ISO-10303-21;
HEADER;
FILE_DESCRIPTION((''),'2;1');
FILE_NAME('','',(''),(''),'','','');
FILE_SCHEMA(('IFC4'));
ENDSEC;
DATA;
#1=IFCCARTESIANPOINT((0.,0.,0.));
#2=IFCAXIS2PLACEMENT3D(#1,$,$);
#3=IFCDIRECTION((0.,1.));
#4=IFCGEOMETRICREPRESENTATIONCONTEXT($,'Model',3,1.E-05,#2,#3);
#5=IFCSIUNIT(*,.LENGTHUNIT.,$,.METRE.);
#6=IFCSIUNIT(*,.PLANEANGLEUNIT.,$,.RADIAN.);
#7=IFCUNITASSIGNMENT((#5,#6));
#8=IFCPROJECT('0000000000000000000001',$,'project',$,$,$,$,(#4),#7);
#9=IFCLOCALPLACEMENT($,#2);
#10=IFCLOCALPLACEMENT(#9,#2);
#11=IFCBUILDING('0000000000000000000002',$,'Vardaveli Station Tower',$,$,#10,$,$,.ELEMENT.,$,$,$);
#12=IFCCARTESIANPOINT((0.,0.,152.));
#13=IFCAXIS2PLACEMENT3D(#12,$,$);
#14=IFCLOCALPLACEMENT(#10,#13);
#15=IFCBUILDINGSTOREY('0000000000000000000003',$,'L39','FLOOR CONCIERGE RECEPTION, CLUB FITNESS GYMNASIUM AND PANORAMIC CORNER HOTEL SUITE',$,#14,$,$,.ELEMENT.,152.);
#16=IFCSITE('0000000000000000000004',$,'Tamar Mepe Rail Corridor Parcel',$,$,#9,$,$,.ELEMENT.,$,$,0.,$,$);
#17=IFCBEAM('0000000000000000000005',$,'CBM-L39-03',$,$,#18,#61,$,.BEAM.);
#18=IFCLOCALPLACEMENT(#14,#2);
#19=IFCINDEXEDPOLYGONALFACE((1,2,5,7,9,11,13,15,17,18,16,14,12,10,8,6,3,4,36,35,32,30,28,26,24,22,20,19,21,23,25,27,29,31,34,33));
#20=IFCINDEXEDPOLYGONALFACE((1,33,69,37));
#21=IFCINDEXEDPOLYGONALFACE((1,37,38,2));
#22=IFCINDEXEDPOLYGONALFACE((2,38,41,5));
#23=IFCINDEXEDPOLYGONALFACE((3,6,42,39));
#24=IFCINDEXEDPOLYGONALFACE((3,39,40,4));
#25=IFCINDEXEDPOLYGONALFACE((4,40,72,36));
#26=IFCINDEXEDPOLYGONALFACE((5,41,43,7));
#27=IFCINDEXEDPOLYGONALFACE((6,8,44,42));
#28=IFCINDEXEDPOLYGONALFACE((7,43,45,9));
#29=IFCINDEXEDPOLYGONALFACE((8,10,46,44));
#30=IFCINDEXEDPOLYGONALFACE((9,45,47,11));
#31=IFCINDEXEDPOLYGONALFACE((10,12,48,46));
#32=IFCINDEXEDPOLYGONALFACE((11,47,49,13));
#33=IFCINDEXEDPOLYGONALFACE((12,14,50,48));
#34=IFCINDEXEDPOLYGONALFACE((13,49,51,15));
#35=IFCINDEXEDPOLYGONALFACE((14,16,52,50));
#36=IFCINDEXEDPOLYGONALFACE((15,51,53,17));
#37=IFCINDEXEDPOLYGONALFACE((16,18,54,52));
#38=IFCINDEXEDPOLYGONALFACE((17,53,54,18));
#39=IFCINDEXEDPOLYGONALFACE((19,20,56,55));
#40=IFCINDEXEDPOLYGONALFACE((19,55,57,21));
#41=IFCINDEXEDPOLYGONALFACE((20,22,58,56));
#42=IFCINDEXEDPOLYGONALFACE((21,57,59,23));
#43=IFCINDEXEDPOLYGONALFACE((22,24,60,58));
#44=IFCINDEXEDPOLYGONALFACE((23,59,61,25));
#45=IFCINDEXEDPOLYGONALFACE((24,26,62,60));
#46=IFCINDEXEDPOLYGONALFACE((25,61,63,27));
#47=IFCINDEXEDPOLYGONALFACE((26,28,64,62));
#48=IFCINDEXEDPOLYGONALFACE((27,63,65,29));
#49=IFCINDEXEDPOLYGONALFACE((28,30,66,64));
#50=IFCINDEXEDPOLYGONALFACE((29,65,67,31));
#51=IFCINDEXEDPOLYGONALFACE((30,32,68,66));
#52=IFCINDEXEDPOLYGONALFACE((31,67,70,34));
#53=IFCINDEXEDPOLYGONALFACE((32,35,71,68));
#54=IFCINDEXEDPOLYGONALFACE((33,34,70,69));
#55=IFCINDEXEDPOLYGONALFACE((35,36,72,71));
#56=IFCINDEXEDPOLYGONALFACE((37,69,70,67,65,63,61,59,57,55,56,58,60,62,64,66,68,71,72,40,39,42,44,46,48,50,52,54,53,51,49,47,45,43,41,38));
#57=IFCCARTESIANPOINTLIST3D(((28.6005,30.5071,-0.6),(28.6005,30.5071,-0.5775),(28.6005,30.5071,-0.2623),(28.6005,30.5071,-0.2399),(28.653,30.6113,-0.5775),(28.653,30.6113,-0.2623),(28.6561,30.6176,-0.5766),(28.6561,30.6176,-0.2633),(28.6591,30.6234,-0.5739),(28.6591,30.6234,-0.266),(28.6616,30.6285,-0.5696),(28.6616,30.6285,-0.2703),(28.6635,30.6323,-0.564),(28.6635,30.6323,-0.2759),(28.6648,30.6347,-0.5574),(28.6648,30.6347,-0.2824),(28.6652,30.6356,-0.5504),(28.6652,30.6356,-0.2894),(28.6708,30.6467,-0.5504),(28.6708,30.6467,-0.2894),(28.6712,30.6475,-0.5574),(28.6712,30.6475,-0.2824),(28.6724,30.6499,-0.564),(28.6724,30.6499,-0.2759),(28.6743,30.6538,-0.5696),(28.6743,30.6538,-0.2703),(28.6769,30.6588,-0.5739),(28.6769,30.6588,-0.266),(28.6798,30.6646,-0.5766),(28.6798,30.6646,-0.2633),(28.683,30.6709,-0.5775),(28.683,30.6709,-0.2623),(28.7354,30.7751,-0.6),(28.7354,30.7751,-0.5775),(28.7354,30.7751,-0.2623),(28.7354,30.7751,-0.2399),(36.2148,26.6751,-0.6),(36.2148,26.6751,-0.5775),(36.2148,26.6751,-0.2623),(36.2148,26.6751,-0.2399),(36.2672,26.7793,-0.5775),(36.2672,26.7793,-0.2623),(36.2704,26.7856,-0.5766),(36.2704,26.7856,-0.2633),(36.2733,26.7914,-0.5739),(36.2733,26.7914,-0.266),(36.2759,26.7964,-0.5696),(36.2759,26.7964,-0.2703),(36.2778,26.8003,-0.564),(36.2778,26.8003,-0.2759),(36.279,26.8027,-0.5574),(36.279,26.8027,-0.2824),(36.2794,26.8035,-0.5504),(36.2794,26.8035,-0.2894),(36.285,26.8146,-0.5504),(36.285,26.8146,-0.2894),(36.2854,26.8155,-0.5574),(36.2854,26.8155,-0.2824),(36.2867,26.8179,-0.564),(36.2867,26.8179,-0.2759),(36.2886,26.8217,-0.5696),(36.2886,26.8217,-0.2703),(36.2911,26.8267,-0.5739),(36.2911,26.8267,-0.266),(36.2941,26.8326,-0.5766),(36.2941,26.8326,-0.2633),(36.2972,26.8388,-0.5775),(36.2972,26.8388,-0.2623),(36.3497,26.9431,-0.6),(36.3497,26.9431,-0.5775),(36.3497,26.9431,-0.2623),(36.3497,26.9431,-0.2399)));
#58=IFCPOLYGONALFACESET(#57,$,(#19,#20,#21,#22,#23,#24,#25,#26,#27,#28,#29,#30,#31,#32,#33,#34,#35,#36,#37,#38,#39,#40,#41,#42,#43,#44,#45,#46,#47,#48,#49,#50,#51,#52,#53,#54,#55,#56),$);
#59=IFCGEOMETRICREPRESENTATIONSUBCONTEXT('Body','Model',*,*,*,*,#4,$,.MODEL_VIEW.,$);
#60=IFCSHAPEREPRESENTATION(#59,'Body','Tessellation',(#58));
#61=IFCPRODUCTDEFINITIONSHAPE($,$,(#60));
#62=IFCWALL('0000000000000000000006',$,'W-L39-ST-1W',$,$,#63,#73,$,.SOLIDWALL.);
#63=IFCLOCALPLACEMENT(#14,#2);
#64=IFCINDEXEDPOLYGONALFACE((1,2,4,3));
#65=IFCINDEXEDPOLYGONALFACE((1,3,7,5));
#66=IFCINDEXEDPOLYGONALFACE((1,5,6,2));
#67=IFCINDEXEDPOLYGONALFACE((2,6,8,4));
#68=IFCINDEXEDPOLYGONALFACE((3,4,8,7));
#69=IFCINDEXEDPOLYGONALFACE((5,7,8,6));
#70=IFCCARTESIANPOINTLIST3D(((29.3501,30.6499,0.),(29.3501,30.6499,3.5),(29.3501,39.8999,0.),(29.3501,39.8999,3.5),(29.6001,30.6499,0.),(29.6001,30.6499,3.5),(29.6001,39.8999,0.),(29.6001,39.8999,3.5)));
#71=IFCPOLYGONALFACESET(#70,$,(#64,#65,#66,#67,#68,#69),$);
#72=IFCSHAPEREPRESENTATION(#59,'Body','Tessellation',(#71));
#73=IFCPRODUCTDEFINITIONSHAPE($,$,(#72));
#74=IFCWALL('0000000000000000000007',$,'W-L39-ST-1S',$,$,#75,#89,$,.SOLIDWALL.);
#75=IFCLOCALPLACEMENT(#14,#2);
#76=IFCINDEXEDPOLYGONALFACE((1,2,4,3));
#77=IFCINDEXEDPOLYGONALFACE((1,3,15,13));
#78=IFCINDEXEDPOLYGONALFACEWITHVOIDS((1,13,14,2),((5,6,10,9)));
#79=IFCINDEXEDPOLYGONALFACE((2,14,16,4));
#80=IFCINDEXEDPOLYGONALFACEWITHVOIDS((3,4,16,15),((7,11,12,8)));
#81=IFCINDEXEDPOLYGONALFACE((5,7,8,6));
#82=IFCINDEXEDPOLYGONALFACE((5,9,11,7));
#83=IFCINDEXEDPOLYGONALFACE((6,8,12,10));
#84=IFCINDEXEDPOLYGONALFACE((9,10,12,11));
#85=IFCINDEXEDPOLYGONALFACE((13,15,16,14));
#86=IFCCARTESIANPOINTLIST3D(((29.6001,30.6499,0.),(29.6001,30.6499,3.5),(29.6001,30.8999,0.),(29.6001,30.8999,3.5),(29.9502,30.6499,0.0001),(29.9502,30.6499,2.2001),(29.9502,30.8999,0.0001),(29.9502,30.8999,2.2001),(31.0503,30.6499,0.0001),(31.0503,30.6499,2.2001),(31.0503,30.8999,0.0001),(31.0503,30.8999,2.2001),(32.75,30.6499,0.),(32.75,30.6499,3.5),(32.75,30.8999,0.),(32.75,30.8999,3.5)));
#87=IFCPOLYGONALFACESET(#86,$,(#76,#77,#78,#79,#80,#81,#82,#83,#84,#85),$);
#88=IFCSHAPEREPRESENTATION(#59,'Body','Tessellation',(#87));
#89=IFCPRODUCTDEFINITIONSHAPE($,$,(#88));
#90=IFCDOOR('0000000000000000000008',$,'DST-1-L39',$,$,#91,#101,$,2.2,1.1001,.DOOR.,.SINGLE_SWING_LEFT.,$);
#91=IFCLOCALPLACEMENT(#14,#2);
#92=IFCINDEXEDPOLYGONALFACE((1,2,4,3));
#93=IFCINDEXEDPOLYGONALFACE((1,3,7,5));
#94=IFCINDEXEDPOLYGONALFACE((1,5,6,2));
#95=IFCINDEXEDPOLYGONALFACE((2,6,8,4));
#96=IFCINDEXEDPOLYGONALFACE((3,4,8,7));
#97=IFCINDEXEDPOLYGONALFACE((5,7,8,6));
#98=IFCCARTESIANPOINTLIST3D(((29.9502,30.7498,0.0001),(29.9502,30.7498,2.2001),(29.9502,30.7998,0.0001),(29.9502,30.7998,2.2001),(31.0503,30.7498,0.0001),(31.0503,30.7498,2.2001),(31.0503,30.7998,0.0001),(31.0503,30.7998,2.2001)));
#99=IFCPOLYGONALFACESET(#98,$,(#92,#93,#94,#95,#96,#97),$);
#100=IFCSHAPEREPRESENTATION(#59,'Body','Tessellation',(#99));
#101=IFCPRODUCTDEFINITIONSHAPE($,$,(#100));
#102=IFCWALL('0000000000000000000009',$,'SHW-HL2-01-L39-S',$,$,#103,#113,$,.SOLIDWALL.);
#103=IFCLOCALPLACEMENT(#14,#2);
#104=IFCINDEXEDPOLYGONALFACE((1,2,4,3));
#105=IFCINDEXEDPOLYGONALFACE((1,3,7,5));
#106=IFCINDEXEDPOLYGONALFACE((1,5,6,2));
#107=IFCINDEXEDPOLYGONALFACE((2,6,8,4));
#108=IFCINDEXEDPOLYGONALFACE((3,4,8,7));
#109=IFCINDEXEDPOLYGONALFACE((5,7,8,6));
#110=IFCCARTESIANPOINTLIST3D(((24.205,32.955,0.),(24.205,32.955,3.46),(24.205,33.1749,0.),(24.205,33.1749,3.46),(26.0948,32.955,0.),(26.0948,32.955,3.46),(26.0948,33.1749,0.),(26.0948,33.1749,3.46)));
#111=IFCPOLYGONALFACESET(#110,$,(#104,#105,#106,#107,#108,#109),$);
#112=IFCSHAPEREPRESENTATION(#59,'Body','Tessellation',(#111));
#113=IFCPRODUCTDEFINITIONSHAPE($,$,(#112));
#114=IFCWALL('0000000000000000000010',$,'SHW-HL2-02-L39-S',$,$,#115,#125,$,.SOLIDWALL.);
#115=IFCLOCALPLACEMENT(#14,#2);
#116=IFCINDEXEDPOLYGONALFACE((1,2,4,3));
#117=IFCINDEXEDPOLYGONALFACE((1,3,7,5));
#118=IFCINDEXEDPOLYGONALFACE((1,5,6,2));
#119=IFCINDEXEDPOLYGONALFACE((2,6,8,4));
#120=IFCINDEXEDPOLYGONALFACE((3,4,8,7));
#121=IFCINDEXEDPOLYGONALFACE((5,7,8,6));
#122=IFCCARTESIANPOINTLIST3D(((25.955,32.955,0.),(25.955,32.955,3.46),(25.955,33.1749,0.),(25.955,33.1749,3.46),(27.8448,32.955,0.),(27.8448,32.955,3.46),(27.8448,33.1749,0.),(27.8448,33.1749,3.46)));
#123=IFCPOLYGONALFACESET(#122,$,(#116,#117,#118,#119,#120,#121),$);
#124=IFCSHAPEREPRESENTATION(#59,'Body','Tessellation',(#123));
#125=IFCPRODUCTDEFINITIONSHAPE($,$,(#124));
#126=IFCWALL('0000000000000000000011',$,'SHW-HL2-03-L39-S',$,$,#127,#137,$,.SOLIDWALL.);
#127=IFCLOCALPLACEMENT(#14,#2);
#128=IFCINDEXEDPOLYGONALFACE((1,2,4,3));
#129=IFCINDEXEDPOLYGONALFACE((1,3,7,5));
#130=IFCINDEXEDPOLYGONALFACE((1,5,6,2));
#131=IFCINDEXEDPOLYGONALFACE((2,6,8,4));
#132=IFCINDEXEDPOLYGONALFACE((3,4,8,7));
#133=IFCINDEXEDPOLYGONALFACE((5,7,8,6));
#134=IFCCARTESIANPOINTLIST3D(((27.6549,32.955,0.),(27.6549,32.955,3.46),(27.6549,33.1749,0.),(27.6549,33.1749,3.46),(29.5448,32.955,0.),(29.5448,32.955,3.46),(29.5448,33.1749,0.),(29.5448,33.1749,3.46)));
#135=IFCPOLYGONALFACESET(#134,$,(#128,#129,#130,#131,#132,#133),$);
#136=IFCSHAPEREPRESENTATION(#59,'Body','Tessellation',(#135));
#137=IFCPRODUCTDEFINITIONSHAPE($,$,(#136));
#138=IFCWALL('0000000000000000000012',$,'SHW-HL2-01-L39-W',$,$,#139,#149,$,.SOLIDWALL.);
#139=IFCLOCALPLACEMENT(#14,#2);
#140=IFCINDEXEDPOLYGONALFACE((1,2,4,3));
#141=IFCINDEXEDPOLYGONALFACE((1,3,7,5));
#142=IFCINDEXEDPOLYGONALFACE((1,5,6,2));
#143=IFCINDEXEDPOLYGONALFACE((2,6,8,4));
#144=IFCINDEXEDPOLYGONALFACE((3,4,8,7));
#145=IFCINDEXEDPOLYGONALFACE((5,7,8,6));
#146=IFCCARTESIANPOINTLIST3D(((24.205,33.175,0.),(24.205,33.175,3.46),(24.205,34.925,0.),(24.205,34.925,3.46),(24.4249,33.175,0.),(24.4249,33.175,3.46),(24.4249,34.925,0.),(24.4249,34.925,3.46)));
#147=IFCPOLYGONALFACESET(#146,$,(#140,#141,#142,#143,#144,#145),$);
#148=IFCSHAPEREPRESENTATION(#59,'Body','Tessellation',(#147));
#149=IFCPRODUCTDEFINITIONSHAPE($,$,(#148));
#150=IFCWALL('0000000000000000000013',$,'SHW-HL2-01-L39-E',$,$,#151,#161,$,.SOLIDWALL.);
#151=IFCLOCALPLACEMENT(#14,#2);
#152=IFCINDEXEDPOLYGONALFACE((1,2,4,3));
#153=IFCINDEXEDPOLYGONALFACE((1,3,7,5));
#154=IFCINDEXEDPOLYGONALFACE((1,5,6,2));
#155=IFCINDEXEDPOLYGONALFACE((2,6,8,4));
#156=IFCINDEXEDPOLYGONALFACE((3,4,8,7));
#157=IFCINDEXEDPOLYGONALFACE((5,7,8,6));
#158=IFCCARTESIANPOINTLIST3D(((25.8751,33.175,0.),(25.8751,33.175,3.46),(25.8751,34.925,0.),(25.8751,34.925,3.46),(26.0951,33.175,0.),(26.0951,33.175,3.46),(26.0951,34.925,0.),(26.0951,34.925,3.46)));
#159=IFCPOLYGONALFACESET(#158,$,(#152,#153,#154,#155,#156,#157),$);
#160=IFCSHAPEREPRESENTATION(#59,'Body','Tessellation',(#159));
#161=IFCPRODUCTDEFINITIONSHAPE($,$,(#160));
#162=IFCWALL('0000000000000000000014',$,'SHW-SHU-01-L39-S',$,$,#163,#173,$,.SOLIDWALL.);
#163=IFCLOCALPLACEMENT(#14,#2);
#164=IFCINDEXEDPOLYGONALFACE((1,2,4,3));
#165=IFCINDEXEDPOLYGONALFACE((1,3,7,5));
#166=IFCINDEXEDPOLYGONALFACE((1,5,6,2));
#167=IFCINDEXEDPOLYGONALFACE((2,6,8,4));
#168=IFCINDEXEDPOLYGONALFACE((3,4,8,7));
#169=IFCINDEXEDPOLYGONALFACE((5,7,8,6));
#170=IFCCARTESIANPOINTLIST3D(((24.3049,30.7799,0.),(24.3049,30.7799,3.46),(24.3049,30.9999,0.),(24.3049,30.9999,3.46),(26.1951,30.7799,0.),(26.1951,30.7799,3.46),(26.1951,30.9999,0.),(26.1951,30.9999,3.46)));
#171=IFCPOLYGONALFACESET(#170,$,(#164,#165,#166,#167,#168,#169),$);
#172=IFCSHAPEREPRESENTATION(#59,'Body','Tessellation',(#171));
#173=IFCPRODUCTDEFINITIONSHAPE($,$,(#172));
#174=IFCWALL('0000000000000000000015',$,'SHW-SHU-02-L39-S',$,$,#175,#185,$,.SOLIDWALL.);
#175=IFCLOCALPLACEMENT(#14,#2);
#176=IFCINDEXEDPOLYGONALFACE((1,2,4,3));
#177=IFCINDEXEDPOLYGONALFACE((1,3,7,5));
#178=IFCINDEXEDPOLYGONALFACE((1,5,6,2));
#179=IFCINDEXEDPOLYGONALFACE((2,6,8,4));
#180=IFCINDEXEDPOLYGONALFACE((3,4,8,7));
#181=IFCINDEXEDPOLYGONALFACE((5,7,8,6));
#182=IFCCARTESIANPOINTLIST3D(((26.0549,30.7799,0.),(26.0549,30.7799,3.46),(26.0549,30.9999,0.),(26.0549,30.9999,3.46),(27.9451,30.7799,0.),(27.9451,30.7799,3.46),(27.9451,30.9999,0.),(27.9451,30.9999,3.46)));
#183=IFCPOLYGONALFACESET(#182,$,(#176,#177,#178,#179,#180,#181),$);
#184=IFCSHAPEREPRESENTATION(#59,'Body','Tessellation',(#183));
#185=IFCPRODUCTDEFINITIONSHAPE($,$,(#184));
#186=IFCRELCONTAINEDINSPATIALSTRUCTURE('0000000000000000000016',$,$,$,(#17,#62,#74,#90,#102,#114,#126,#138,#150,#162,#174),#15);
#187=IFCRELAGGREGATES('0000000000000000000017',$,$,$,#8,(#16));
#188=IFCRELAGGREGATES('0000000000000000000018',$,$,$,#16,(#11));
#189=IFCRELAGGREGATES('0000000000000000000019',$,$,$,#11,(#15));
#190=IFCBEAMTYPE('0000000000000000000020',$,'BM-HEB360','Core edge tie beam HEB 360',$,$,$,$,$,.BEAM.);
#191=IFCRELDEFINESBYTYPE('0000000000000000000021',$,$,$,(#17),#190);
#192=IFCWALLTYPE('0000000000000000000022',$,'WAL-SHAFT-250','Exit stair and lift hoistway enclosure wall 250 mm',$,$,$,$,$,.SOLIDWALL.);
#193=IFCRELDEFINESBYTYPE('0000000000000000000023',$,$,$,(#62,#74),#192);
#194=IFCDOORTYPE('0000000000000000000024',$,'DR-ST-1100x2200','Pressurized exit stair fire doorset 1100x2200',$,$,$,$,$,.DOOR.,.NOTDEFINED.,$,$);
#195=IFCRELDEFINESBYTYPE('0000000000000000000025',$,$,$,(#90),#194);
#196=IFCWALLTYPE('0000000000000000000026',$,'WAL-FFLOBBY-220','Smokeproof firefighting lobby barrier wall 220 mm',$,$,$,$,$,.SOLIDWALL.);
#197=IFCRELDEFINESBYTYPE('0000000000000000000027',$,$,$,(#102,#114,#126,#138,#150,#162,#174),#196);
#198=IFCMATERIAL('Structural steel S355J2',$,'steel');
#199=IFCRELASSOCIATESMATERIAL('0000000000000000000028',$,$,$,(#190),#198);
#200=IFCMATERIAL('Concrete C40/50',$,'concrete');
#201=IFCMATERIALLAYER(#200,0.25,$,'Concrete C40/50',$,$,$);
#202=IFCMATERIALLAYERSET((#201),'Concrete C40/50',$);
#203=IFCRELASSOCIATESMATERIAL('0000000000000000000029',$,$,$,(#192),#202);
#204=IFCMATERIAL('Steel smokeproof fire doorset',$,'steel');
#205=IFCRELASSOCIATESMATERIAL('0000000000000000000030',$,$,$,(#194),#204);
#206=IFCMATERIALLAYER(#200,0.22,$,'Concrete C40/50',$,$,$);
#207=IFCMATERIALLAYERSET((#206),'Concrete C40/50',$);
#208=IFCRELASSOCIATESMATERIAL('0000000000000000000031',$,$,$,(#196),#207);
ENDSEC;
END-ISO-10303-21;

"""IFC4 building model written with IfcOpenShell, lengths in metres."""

from ifc_helpers import new_model, si_unit, direction, frame, frame_2d, origin, origin_2d, place, context, subcontext, project, spatial, rectangle, i_section, extrude, source, transform, mapped, material, layer, layer_set, material_profile, profile_set, type_object, element, fill, save


model = new_model("IFC4")

# Units and contexts
model_context = context("Model", 3, precision=1e-05, world=origin(), true_north=direction((0.0, 1.0)))
body_context = subcontext(model_context, "Body", "Model", "MODEL_VIEW")
ifc_project = project(units=[si_unit("LENGTHUNIT", "METRE"), si_unit("PLANEANGLEUNIT", "RADIAN")], contexts=[model_context])

# Site, building, storey
site_placement = place(None, origin())
site = spatial("IfcSite", under=ifc_project, at=site_placement, Name="Tamar Mepe Rail Corridor Parcel", CompositionType="ELEMENT", RefElevation=0.0)
building_placement = place(site_placement, origin())
building = spatial("IfcBuilding", under=site, at=building_placement, Name="Vardaveli Station Tower", CompositionType="ELEMENT")
storey_placement = place(building_placement, frame((0.0, 0.0, 152.0)))
storey = spatial("IfcBuildingStorey", under=building, at=storey_placement, Name="L39", Description="FLOOR CONCIERGE RECEPTION, CLUB FITNESS GYMNASIUM AND PANORAMIC CORNER HOTEL SUITE", CompositionType="ELEMENT", Elevation=152.0)

# Beam
ifc_material_1 = material(Name="Structural steel S355J2", Category="steel")
ifc_material_profile_1 = material_profile(ifc_material_1, i_section(OverallWidth=0.3, OverallDepth=0.3601, WebThickness=0.0125, FlangeThickness=0.0225, FilletRadius=0.0271, at=origin_2d()), Name="HEB 360")
ifc_profile_set_1 = profile_set([ifc_material_profile_1], Name="Structural steel S355J2")
beam_type_1 = type_object("IfcBeamType", Name="BM-HEB360", Description="Core edge tie beam HEB 360", PredefinedType="BEAM", material=ifc_profile_set_1)
shared_shape_1 = source(origin(), body_context, "Body", "SweptSolid", [
    extrude(i_section(OverallWidth=0.3, OverallDepth=0.3601, WebThickness=0.0125, FlangeThickness=0.0225, FilletRadius=0.0271, at=origin_2d()), origin(), (0.0, 0.0, 1.0), 8.5242),
])
beam_1_placement = place(storey_placement, frame((28.668, 30.6411, -0.4199), z_axis=(0.893256, -0.449549, 0.0), x_axis=(0.449549, 0.893256, 0.0)))
element("IfcBeam", 1, at=beam_1_placement, inside=storey, type_object=beam_type_1, Name="CBM-L39-03", PredefinedType="BEAM", context=body_context, shape_type="MappedRepresentation", body=[
    mapped(shared_shape_1, transform((0.0, 0.0, 0.0), scale=1.0)),
])

# Wall
ifc_material_2 = material(Name="Concrete C40/50", Category="concrete")
ifc_layer_1 = layer(ifc_material_2, 0.25, Name="Concrete C40/50")
ifc_layer_set_1 = layer_set([ifc_layer_1], Name="Concrete C40/50")
wall_type_1 = type_object("IfcWallType", Name="WAL-SHAFT-250", Description="Exit stair and lift hoistway enclosure wall 250 mm", PredefinedType="SOLIDWALL", material=ifc_layer_set_1)
shared_shape_2 = source(origin(), body_context, "Body", "SweptSolid", [
    extrude(rectangle(XDim=9.25, YDim=0.25, at=frame_2d((4.625, 0.0))), origin(), (0.0, 0.0, 1.0), 3.5),
])
wall_1_placement = place(storey_placement, frame((29.4751, 30.6499, 0.0), z_axis=(0.0, 0.0, 1.0), x_axis=(0.0, 1.0, 0.0)))
element("IfcWall", 2, at=wall_1_placement, inside=storey, type_object=wall_type_1, Name="W-L39-ST-1W", PredefinedType="SOLIDWALL", context=body_context, shape_type="MappedRepresentation", body=[
    mapped(shared_shape_2, transform((0.0, 0.0, 0.0), scale=1.0)),
])

# Wall, opening, door
shared_shape_3 = source(origin(), body_context, "Body", "SweptSolid", [
    extrude(rectangle(XDim=3.1499, YDim=0.25, at=frame_2d((1.575, 0.0))), origin(), (0.0, 0.0, 1.0), 3.5),
])
wall_2_placement = place(storey_placement, frame((29.6001, 30.7749, 0.0), z_axis=(0.0, 0.0, 1.0), x_axis=(1.0, 0.0, 0.0)))
wall_2 = element("IfcWall", 3, at=wall_2_placement, inside=storey, type_object=wall_type_1, Name="W-L39-ST-1S", PredefinedType="SOLIDWALL", context=body_context, shape_type="MappedRepresentation", body=[
    mapped(shared_shape_3, transform((0.0, 0.0, 0.0), scale=1.0)),
])
shared_shape_4 = source(origin(), body_context, "Body", "SweptSolid", [
    extrude(rectangle(XDim=1.1001, YDim=2.2, at=frame_2d((0.55, 1.1001))), frame((0.0, 0.135, 0.0), z_axis=(0.0, -1.0, 0.0), x_axis=(1.0, 0.0, 0.0)), (0.0, 0.0, 1.0), 0.27),
])
opening_placement = place(wall_2_placement, frame((0.3501, 0.0, 0.0)))
opening = element("IfcOpeningElement", 4, at=opening_placement, cuts=wall_2, PredefinedType="OPENING", context=body_context, shape_type="MappedRepresentation", body=[
    mapped(shared_shape_4, transform((0.0, 0.0, 0.0), scale=1.0)),
])
ifc_material_3 = material(Name="Steel smokeproof fire doorset", Category="steel")
door_type = type_object("IfcDoorType", Name="DR-ST-1100x2200", Description="Pressurized exit stair fire doorset 1100x2200", OperationType="NOTDEFINED", PredefinedType="DOOR", material=ifc_material_3)
shared_shape_5 = source(origin(), body_context, "Body", "SweptSolid", [
    extrude(rectangle(XDim=1.1001, YDim=2.2, at=frame_2d((0.55, 1.1001))), frame((0.0, 0.0249, 0.0), z_axis=(0.0, -1.0, 0.0), x_axis=(1.0, 0.0, 0.0)), (0.0, 0.0, 1.0), 0.05),
])
door_placement = place(opening_placement, origin())
door = element("IfcDoor", 5, at=door_placement, inside=storey, type_object=door_type, Name="DST-1-L39", OperationType="SINGLE_SWING_LEFT", OverallHeight=2.2, OverallWidth=1.1001, PredefinedType="DOOR", context=body_context, shape_type="MappedRepresentation", body=[
    mapped(shared_shape_5, transform((0.0, 0.0, 0.0), scale=1.0)),
])
fill(opening, door)

# Walls
ifc_layer_2 = layer(ifc_material_2, 0.22, Name="Concrete C40/50")
ifc_layer_set_2 = layer_set([ifc_layer_2], Name="Concrete C40/50")
wall_type_2 = type_object("IfcWallType", Name="WAL-FFLOBBY-220", Description="Smokeproof firefighting lobby barrier wall 220 mm", PredefinedType="SOLIDWALL", material=ifc_layer_set_2)
shared_shape_6 = source(origin(), body_context, "Body", "SweptSolid", [
    extrude(rectangle(XDim=1.8899, YDim=0.22, at=frame_2d((0.9448, 0.0))), origin(), (0.0, 0.0, 1.0), 3.46),
])
for number, where, z_axis, x_axis, name in (
    (6, (24.2051, 33.0649, 0.0), (0.0, 0.0, 1.0), (1.0, 0.0, 0.0), "SHW-HL2-01-L39-S"),
    (7, (25.9551, 33.0649, 0.0), (0.0, 0.0, 1.0), (1.0, 0.0, 0.0), "SHW-HL2-02-L39-S"),
    (8, (27.655, 33.0649, 0.0), (0.0, 0.0, 1.0), (1.0, 0.0, 0.0), "SHW-HL2-03-L39-S"),
):
    element("IfcWall", number, at=place(storey_placement, frame(where, z_axis=z_axis, x_axis=x_axis)), inside=storey, type_object=wall_type_2, Name=name, PredefinedType="SOLIDWALL", context=body_context, shape_type="MappedRepresentation", body=[
        mapped(shared_shape_6, transform((0.0, 0.0, 0.0), scale=1.0)),
    ])
shared_shape_7 = source(origin(), body_context, "Body", "SweptSolid", [
    extrude(rectangle(XDim=1.75, YDim=0.22, at=frame_2d((0.875, 0.0))), origin(), (0.0, 0.0, 1.0), 3.46),
])
for number, where, z_axis, x_axis, name in (
    (9, (24.3149, 33.175, 0.0), (0.0, 0.0, 1.0), (0.0, 1.0, 0.0), "SHW-HL2-01-L39-W"),
    (10, (25.9851, 33.175, 0.0), (0.0, 0.0, 1.0), (0.0, 1.0, 0.0), "SHW-HL2-01-L39-E"),
):
    element("IfcWall", number, at=place(storey_placement, frame(where, z_axis=z_axis, x_axis=x_axis)), inside=storey, type_object=wall_type_2, Name=name, PredefinedType="SOLIDWALL", context=body_context, shape_type="MappedRepresentation", body=[
        mapped(shared_shape_7, transform((0.0, 0.0, 0.0), scale=1.0)),
    ])
shared_shape_8 = source(origin(), body_context, "Body", "SweptSolid", [
    extrude(rectangle(XDim=1.8901, YDim=0.22, at=frame_2d((0.9451, 0.0))), origin(), (0.0, 0.0, 1.0), 3.46),
])
for number, where, z_axis, x_axis, name in (
    (11, (24.3049, 30.8899, 0.0), (0.0, 0.0, 1.0), (1.0, 0.0, 0.0), "SHW-SHU-01-L39-S"),
    (12, (26.0549, 30.8899, 0.0), (0.0, 0.0, 1.0), (1.0, 0.0, 0.0), "SHW-SHU-02-L39-S"),
):
    element("IfcWall", number, at=place(storey_placement, frame(where, z_axis=z_axis, x_axis=x_axis)), inside=storey, type_object=wall_type_2, Name=name, PredefinedType="SOLIDWALL", context=body_context, shape_type="MappedRepresentation", body=[
        mapped(shared_shape_8, transform((0.0, 0.0, 0.0), scale=1.0)),
    ])

save(model, "model.ifc")
